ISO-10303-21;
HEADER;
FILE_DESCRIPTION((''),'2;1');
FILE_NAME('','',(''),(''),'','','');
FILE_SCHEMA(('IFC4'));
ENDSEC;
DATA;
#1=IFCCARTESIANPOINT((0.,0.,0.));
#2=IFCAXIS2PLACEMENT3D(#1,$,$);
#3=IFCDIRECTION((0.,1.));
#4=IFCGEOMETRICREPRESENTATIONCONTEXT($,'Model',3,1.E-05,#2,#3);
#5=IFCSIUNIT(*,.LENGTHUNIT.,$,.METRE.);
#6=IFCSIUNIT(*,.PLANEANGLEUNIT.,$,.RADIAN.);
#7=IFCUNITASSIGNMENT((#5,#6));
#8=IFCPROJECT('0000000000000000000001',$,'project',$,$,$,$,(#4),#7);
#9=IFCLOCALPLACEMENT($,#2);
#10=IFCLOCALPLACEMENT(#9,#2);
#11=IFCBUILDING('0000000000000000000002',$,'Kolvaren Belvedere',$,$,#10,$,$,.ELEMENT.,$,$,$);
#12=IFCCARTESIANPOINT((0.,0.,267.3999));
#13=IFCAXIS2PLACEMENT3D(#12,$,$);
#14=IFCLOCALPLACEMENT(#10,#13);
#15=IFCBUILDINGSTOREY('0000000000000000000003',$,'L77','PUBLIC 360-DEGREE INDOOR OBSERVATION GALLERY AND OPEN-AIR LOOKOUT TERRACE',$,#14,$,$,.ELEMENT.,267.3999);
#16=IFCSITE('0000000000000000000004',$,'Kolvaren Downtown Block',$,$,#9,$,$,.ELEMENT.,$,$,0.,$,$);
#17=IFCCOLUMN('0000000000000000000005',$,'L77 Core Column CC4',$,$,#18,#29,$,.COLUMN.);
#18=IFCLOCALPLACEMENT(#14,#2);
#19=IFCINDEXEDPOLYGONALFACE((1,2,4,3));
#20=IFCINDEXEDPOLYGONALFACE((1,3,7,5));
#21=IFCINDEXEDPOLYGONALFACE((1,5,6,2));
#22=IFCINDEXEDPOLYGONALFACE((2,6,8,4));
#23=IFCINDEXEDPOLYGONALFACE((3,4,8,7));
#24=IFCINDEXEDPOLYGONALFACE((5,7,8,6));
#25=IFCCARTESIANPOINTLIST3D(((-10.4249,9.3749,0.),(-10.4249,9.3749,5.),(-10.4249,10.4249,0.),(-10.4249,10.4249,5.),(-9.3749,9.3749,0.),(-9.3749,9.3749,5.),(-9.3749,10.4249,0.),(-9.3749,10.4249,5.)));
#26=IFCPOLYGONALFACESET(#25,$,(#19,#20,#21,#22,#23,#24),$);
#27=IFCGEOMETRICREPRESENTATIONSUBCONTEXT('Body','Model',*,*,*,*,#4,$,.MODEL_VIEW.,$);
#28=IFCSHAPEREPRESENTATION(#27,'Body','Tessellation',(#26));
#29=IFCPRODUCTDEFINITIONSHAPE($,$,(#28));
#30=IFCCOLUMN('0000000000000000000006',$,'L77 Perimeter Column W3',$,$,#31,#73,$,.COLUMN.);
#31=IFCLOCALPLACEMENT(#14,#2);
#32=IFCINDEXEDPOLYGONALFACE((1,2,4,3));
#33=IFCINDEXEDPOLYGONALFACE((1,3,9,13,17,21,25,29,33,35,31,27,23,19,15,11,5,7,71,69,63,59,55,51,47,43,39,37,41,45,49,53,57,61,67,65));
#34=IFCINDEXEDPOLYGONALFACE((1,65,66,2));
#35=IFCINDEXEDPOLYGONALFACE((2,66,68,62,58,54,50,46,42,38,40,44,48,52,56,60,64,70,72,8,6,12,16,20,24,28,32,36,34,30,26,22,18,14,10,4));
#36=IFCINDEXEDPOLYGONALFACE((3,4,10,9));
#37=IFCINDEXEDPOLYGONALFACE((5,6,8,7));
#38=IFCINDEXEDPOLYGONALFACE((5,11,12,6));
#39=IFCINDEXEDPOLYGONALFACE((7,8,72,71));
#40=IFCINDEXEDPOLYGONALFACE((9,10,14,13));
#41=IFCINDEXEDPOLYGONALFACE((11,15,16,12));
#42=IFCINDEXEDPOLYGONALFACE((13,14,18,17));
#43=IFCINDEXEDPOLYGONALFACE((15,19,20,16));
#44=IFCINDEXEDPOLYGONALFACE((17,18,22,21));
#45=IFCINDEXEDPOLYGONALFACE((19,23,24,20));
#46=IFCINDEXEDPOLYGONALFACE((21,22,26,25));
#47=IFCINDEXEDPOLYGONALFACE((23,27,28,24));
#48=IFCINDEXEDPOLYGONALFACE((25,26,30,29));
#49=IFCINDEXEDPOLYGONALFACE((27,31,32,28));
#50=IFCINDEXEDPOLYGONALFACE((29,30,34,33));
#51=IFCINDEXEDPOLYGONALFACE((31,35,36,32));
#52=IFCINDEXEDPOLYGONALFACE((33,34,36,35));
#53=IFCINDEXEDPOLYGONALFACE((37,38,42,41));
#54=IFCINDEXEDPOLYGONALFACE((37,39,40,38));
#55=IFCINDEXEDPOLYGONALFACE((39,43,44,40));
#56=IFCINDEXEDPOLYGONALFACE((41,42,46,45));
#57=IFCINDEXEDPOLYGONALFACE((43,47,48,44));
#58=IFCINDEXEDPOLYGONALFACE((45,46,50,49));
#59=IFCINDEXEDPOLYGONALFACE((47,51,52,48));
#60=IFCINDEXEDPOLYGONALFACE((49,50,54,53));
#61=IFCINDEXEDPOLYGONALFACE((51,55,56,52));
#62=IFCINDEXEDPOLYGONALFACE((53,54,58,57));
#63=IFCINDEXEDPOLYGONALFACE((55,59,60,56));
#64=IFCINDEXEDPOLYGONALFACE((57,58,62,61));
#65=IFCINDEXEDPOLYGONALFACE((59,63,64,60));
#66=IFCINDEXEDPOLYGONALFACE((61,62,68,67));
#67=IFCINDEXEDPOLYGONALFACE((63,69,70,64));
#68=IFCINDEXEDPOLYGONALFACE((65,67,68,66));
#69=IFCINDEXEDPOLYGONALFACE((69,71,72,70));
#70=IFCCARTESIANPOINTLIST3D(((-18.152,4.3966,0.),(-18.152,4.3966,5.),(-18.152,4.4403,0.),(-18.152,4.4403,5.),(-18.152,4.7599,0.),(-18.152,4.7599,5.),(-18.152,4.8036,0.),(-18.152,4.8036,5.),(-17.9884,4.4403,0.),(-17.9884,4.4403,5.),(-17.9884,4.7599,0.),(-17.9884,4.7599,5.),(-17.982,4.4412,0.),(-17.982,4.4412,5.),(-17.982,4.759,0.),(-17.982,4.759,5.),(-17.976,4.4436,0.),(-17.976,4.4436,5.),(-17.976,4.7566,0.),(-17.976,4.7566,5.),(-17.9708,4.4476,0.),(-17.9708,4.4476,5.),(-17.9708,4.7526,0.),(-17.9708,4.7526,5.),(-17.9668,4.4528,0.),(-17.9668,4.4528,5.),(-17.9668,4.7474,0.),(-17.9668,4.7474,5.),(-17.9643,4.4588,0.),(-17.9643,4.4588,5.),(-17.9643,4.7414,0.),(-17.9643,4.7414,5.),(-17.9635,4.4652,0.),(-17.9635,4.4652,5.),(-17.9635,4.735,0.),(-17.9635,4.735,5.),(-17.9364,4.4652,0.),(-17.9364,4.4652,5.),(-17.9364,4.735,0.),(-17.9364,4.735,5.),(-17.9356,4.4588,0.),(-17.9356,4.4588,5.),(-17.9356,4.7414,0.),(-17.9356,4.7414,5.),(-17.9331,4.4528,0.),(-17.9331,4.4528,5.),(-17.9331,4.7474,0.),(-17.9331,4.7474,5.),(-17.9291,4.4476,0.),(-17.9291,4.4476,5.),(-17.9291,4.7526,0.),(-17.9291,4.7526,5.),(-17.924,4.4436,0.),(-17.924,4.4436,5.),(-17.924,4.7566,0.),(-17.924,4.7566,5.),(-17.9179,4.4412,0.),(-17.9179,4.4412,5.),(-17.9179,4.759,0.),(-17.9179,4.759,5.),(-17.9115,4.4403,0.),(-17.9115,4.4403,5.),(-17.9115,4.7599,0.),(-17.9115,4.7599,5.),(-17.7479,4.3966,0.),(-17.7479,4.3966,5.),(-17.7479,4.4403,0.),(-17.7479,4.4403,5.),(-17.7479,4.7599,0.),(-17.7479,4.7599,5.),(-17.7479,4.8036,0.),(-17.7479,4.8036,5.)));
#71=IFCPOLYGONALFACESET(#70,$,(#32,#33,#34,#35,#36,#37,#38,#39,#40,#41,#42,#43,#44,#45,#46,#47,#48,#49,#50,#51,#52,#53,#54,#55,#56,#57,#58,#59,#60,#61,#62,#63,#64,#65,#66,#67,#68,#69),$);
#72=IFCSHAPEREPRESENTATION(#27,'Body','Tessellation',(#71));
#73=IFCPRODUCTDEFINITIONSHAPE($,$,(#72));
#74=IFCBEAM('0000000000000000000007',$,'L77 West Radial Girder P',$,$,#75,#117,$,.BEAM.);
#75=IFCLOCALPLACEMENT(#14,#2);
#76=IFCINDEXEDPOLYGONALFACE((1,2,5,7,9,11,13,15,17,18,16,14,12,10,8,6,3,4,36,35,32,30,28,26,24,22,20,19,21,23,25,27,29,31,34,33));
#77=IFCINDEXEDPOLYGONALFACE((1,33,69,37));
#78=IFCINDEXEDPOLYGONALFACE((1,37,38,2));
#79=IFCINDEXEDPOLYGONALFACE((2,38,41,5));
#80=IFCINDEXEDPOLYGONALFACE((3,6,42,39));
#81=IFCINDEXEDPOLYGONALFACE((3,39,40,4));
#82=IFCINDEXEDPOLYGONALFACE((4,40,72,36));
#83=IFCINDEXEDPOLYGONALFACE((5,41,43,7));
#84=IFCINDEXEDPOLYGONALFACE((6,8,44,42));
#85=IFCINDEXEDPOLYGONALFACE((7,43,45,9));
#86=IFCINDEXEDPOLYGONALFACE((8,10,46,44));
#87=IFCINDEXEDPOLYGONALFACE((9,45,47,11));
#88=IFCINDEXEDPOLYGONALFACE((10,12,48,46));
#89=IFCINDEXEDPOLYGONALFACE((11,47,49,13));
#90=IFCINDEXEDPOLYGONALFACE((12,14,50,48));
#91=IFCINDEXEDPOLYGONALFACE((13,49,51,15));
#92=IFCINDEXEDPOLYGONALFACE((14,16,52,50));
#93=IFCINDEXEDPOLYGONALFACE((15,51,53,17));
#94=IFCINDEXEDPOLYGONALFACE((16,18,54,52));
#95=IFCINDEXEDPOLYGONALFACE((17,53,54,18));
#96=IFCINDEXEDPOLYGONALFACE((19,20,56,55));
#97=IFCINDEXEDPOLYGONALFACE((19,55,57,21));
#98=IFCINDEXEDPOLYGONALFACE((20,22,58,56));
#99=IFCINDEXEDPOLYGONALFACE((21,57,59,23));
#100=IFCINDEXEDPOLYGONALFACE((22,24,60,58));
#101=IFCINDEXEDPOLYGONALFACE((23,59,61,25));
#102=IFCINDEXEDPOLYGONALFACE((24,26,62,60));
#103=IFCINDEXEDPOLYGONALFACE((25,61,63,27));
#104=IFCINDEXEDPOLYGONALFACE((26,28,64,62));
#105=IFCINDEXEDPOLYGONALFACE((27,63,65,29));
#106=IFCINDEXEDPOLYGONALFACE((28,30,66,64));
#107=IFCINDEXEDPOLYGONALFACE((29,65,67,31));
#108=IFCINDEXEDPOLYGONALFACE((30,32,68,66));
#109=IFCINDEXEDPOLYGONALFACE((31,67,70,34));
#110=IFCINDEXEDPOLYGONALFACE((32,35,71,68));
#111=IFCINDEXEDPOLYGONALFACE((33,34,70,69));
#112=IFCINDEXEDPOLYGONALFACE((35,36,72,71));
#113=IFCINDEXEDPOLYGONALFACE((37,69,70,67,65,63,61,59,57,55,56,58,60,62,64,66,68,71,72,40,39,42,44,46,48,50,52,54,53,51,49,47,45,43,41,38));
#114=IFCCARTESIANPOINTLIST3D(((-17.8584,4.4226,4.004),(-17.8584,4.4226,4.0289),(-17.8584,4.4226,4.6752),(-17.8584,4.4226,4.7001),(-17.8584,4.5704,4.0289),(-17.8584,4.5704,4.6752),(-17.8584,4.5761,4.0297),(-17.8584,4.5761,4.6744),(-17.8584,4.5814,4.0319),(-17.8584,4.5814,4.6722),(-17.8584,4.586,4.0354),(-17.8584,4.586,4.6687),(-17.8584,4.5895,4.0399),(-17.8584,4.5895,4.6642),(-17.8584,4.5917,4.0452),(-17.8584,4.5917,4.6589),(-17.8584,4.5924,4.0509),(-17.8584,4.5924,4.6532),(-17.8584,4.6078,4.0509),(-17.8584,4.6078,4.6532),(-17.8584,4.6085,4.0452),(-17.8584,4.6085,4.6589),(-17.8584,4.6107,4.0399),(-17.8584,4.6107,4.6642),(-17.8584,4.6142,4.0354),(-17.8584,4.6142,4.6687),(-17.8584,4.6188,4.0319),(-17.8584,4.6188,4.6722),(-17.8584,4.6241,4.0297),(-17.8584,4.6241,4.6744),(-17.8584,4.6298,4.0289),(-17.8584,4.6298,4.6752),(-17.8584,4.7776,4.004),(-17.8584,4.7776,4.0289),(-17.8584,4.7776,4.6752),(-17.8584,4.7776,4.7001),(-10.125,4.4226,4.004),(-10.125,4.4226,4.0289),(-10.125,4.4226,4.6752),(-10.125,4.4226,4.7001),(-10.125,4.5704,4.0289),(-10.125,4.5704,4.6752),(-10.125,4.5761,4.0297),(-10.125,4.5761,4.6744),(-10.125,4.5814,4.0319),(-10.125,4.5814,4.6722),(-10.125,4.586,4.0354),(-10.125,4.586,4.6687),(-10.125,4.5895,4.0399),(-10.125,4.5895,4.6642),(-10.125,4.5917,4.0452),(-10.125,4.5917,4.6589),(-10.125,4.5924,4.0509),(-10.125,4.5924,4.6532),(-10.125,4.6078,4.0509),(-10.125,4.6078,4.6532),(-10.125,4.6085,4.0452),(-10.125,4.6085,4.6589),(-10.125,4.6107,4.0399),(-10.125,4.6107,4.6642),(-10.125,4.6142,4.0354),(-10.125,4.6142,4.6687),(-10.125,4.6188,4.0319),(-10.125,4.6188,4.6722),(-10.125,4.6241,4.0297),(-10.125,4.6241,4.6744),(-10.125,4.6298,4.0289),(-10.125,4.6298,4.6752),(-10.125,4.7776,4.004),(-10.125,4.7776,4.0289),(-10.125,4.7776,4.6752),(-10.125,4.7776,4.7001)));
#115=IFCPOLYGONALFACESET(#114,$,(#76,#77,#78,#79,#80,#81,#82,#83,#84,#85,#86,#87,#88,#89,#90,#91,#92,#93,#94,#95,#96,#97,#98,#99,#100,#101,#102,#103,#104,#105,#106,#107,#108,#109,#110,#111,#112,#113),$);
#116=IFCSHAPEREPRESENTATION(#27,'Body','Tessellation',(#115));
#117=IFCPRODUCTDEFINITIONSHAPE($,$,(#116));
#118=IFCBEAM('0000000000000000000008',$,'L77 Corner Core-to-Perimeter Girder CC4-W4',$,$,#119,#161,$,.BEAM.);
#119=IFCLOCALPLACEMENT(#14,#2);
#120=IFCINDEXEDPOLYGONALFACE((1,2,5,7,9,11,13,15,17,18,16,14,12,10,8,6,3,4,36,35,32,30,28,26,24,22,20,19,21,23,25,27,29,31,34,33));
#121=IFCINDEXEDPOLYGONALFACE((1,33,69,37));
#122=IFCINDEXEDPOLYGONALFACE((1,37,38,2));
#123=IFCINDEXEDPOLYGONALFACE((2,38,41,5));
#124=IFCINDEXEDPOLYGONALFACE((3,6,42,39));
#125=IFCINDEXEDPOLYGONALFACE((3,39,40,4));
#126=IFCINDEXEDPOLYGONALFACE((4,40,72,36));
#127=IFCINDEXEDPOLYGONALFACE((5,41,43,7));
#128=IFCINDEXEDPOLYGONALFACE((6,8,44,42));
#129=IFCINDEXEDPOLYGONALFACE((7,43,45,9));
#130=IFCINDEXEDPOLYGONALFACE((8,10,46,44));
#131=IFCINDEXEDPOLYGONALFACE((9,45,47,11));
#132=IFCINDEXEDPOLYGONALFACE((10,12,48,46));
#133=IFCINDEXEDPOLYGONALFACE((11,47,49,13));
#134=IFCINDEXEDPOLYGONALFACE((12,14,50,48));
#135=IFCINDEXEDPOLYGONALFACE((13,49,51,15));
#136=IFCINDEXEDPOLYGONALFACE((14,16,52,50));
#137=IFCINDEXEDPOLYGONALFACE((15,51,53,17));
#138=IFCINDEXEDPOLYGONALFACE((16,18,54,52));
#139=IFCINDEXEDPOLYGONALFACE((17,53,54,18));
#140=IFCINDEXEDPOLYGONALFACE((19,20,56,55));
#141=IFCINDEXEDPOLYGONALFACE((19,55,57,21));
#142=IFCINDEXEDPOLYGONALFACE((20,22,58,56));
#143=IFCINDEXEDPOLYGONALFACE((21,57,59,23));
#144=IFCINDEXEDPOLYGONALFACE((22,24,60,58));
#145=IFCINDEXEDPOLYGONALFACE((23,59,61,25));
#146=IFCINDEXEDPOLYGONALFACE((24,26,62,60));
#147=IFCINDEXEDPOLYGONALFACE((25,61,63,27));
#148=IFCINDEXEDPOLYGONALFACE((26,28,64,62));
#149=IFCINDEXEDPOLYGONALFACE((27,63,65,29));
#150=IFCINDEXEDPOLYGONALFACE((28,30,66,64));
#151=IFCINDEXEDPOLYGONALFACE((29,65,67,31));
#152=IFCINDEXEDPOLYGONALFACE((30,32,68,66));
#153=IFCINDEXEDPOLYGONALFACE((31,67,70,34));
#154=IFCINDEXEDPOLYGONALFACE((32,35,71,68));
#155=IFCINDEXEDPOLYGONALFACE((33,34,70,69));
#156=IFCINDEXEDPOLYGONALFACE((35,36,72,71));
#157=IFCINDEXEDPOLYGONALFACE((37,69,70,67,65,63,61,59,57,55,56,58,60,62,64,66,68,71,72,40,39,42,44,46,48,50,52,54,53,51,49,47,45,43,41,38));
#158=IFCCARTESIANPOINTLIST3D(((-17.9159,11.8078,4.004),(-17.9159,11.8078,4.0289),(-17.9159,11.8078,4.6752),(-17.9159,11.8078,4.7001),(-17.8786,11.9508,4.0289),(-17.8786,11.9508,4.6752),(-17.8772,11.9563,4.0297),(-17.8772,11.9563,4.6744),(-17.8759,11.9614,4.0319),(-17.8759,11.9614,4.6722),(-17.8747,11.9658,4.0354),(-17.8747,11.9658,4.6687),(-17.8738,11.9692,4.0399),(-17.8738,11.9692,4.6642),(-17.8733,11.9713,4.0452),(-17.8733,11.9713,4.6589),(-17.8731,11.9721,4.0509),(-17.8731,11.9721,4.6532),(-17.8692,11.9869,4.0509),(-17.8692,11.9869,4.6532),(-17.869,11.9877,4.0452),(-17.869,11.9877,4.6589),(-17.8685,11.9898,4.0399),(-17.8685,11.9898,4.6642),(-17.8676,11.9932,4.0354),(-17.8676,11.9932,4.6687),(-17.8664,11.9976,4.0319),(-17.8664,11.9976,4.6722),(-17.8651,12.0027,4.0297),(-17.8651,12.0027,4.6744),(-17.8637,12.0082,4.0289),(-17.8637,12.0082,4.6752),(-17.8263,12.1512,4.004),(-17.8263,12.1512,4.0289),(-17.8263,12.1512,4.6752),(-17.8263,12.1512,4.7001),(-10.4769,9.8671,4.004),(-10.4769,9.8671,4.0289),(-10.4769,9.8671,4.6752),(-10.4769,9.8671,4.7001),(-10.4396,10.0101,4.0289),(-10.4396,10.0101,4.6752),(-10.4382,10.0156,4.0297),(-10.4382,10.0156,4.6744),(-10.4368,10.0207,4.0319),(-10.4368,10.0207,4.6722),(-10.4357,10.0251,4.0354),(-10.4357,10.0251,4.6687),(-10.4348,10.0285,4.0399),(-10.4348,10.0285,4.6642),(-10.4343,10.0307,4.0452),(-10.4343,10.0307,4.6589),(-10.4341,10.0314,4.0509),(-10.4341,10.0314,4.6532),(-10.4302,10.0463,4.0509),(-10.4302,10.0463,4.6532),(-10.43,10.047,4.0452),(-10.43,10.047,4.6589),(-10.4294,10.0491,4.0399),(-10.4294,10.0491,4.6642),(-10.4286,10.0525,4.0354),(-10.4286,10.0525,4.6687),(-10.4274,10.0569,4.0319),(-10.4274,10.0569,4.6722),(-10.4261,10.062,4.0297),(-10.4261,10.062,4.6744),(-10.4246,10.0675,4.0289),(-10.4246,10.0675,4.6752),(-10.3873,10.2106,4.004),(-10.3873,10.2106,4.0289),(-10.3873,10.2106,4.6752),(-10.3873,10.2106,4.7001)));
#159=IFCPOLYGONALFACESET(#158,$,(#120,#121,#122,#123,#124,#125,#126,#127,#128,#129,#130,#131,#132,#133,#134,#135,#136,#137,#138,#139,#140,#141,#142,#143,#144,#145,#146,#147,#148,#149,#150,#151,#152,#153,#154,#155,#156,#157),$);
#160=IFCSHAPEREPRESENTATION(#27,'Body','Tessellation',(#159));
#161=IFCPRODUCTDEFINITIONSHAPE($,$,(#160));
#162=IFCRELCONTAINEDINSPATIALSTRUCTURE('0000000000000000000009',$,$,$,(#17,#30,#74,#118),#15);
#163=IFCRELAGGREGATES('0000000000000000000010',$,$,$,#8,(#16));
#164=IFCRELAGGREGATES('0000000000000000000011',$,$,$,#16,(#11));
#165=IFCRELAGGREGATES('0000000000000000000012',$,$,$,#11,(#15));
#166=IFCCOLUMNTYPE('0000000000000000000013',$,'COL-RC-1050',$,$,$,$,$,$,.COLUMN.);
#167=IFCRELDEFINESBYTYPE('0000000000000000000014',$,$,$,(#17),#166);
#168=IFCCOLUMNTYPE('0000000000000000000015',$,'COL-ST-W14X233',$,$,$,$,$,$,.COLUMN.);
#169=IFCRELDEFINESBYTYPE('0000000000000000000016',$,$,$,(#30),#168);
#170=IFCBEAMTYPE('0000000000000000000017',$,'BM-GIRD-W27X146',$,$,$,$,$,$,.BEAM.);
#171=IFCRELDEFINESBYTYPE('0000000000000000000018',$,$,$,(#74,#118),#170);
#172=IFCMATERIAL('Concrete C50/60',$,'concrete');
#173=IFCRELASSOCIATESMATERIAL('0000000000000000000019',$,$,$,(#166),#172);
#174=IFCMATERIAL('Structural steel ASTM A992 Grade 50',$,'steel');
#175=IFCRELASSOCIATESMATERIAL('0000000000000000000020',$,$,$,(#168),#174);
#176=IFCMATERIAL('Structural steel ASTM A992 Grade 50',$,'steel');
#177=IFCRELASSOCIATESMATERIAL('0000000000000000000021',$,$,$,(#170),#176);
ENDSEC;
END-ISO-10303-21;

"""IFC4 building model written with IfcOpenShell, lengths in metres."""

from ifc_helpers import new_model, si_unit, direction, frame, origin, origin_2d, place, context, subcontext, project, spatial, rectangle, i_section, extrude, material, material_profile, profile_set, type_object, element, save


model = new_model("IFC4")

# Units and contexts
model_context = context("Model", 3, precision=1e-05, world=origin(), true_north=direction((0.0, 1.0)))
body_context = subcontext(model_context, "Body", "Model", "MODEL_VIEW")
ifc_project = project(units=[si_unit("LENGTHUNIT", "METRE"), si_unit("PLANEANGLEUNIT", "RADIAN")], contexts=[model_context])

# Site, building, storey
site_placement = place(None, origin())
site = spatial("IfcSite", under=ifc_project, at=site_placement, Name="Kolvaren Downtown Block", CompositionType="ELEMENT", RefElevation=0.0)
building_placement = place(site_placement, origin())
building = spatial("IfcBuilding", under=site, at=building_placement, Name="Kolvaren Belvedere", CompositionType="ELEMENT")
storey_placement = place(building_placement, frame((0.0, 0.0, 267.3999)))
storey = spatial("IfcBuildingStorey", under=building, at=storey_placement, Name="L77", Description="PUBLIC 360-DEGREE INDOOR OBSERVATION GALLERY AND OPEN-AIR LOOKOUT TERRACE", CompositionType="ELEMENT", Elevation=267.3999)

# Columns
ifc_material_1 = material(Name="Concrete C50/60", Category="concrete")
ifc_material_profile_1 = material_profile(ifc_material_1, rectangle(XDim=1.05, YDim=1.05, at=origin_2d()), Name="RC 1050X1050")
ifc_profile_set_1 = profile_set([ifc_material_profile_1], Name="Concrete C50/60")
column_type_1 = type_object("IfcColumnType", Name="COL-RC-1050", PredefinedType="COLUMN", material=ifc_profile_set_1)
column_1_placement = place(storey_placement, frame((-9.8999, 9.8999, 0.0), z_axis=(0.0, 0.0, 1.0), x_axis=(1.0, 0.0, 0.0)))
element("IfcColumn", 1, at=column_1_placement, inside=storey, type_object=column_type_1, Name="L77 Core Column CC4", PredefinedType="COLUMN", context=body_context, shape_type="SweptSolid", body=[
    extrude(rectangle(XDim=1.05, YDim=1.05, at=origin_2d()), origin(), (0.0, 0.0, 1.0), 5.0),
])
ifc_material_2 = material(Name="Structural steel ASTM A992 Grade 50", Category="steel")
ifc_material_profile_2 = material_profile(ifc_material_2, i_section(OverallWidth=0.4041, OverallDepth=0.407, WebThickness=0.0271, FlangeThickness=0.0437, FilletRadius=0.0249, at=origin_2d()), Name="W14X233")
ifc_profile_set_2 = profile_set([ifc_material_profile_2], Name="Structural steel ASTM A992 Grade 50")
column_type_2 = type_object("IfcColumnType", Name="COL-ST-W14X233", PredefinedType="COLUMN", material=ifc_profile_set_2)
column_2_placement = place(storey_placement, frame((-17.95, 4.6001, 0.0), z_axis=(0.0, 0.0, 1.0), x_axis=(1.0, 0.0, 0.0)))
element("IfcColumn", 2, at=column_2_placement, inside=storey, type_object=column_type_2, Name="L77 Perimeter Column W3", PredefinedType="COLUMN", context=body_context, shape_type="SweptSolid", body=[
    extrude(i_section(OverallWidth=0.4041, OverallDepth=0.407, WebThickness=0.0271, FlangeThickness=0.0437, FilletRadius=0.0249, at=origin_2d()), origin(), (0.0, 0.0, 1.0), 5.0),
])

# Beams
ifc_material_3 = material(Name="Structural steel ASTM A992 Grade 50", Category="steel")
ifc_material_profile_3 = material_profile(ifc_material_3, i_section(OverallWidth=0.355, OverallDepth=0.696, WebThickness=0.0154, FlangeThickness=0.0249, FilletRadius=0.022, at=origin_2d()), Name="W27X146")
ifc_profile_set_3 = profile_set([ifc_material_profile_3], Name="Structural steel ASTM A992 Grade 50")
beam_type_1 = type_object("IfcBeamType", Name="BM-GIRD-W27X146", PredefinedType="BEAM", material=ifc_profile_set_3)
beam_1_placement = place(storey_placement, frame((-10.125, 4.6001, 4.3521), z_axis=(-1.0, 0.0, 0.0), x_axis=(0.0, -1.0, 0.0)))
element("IfcBeam", 3, at=beam_1_placement, inside=storey, type_object=beam_type_1, Name="L77 West Radial Girder P", PredefinedType="BEAM", context=body_context, shape_type="SweptSolid", body=[
    extrude(i_section(OverallWidth=0.355, OverallDepth=0.696, WebThickness=0.0154, FlangeThickness=0.0249, FilletRadius=0.022, at=origin_2d()), origin(), (0.0, 0.0, 1.0), 7.7334),
])
beam_2_placement = place(storey_placement, frame((-10.4321, 10.0388, 4.3521), z_axis=(-0.967615, 0.252431, 0.0), x_axis=(-0.252431, -0.967615, 0.0)))
element("IfcBeam", 4, at=beam_2_placement, inside=storey, type_object=beam_type_1, Name="L77 Corner Core-to-Perimeter Girder CC4-W4", PredefinedType="BEAM", context=body_context, shape_type="SweptSolid", body=[
    extrude(i_section(OverallWidth=0.355, OverallDepth=0.696, WebThickness=0.0154, FlangeThickness=0.0249, FilletRadius=0.022, at=origin_2d()), origin(), (0.0, 0.0, 1.0), 7.688),
])

save(model, "model.ifc")
